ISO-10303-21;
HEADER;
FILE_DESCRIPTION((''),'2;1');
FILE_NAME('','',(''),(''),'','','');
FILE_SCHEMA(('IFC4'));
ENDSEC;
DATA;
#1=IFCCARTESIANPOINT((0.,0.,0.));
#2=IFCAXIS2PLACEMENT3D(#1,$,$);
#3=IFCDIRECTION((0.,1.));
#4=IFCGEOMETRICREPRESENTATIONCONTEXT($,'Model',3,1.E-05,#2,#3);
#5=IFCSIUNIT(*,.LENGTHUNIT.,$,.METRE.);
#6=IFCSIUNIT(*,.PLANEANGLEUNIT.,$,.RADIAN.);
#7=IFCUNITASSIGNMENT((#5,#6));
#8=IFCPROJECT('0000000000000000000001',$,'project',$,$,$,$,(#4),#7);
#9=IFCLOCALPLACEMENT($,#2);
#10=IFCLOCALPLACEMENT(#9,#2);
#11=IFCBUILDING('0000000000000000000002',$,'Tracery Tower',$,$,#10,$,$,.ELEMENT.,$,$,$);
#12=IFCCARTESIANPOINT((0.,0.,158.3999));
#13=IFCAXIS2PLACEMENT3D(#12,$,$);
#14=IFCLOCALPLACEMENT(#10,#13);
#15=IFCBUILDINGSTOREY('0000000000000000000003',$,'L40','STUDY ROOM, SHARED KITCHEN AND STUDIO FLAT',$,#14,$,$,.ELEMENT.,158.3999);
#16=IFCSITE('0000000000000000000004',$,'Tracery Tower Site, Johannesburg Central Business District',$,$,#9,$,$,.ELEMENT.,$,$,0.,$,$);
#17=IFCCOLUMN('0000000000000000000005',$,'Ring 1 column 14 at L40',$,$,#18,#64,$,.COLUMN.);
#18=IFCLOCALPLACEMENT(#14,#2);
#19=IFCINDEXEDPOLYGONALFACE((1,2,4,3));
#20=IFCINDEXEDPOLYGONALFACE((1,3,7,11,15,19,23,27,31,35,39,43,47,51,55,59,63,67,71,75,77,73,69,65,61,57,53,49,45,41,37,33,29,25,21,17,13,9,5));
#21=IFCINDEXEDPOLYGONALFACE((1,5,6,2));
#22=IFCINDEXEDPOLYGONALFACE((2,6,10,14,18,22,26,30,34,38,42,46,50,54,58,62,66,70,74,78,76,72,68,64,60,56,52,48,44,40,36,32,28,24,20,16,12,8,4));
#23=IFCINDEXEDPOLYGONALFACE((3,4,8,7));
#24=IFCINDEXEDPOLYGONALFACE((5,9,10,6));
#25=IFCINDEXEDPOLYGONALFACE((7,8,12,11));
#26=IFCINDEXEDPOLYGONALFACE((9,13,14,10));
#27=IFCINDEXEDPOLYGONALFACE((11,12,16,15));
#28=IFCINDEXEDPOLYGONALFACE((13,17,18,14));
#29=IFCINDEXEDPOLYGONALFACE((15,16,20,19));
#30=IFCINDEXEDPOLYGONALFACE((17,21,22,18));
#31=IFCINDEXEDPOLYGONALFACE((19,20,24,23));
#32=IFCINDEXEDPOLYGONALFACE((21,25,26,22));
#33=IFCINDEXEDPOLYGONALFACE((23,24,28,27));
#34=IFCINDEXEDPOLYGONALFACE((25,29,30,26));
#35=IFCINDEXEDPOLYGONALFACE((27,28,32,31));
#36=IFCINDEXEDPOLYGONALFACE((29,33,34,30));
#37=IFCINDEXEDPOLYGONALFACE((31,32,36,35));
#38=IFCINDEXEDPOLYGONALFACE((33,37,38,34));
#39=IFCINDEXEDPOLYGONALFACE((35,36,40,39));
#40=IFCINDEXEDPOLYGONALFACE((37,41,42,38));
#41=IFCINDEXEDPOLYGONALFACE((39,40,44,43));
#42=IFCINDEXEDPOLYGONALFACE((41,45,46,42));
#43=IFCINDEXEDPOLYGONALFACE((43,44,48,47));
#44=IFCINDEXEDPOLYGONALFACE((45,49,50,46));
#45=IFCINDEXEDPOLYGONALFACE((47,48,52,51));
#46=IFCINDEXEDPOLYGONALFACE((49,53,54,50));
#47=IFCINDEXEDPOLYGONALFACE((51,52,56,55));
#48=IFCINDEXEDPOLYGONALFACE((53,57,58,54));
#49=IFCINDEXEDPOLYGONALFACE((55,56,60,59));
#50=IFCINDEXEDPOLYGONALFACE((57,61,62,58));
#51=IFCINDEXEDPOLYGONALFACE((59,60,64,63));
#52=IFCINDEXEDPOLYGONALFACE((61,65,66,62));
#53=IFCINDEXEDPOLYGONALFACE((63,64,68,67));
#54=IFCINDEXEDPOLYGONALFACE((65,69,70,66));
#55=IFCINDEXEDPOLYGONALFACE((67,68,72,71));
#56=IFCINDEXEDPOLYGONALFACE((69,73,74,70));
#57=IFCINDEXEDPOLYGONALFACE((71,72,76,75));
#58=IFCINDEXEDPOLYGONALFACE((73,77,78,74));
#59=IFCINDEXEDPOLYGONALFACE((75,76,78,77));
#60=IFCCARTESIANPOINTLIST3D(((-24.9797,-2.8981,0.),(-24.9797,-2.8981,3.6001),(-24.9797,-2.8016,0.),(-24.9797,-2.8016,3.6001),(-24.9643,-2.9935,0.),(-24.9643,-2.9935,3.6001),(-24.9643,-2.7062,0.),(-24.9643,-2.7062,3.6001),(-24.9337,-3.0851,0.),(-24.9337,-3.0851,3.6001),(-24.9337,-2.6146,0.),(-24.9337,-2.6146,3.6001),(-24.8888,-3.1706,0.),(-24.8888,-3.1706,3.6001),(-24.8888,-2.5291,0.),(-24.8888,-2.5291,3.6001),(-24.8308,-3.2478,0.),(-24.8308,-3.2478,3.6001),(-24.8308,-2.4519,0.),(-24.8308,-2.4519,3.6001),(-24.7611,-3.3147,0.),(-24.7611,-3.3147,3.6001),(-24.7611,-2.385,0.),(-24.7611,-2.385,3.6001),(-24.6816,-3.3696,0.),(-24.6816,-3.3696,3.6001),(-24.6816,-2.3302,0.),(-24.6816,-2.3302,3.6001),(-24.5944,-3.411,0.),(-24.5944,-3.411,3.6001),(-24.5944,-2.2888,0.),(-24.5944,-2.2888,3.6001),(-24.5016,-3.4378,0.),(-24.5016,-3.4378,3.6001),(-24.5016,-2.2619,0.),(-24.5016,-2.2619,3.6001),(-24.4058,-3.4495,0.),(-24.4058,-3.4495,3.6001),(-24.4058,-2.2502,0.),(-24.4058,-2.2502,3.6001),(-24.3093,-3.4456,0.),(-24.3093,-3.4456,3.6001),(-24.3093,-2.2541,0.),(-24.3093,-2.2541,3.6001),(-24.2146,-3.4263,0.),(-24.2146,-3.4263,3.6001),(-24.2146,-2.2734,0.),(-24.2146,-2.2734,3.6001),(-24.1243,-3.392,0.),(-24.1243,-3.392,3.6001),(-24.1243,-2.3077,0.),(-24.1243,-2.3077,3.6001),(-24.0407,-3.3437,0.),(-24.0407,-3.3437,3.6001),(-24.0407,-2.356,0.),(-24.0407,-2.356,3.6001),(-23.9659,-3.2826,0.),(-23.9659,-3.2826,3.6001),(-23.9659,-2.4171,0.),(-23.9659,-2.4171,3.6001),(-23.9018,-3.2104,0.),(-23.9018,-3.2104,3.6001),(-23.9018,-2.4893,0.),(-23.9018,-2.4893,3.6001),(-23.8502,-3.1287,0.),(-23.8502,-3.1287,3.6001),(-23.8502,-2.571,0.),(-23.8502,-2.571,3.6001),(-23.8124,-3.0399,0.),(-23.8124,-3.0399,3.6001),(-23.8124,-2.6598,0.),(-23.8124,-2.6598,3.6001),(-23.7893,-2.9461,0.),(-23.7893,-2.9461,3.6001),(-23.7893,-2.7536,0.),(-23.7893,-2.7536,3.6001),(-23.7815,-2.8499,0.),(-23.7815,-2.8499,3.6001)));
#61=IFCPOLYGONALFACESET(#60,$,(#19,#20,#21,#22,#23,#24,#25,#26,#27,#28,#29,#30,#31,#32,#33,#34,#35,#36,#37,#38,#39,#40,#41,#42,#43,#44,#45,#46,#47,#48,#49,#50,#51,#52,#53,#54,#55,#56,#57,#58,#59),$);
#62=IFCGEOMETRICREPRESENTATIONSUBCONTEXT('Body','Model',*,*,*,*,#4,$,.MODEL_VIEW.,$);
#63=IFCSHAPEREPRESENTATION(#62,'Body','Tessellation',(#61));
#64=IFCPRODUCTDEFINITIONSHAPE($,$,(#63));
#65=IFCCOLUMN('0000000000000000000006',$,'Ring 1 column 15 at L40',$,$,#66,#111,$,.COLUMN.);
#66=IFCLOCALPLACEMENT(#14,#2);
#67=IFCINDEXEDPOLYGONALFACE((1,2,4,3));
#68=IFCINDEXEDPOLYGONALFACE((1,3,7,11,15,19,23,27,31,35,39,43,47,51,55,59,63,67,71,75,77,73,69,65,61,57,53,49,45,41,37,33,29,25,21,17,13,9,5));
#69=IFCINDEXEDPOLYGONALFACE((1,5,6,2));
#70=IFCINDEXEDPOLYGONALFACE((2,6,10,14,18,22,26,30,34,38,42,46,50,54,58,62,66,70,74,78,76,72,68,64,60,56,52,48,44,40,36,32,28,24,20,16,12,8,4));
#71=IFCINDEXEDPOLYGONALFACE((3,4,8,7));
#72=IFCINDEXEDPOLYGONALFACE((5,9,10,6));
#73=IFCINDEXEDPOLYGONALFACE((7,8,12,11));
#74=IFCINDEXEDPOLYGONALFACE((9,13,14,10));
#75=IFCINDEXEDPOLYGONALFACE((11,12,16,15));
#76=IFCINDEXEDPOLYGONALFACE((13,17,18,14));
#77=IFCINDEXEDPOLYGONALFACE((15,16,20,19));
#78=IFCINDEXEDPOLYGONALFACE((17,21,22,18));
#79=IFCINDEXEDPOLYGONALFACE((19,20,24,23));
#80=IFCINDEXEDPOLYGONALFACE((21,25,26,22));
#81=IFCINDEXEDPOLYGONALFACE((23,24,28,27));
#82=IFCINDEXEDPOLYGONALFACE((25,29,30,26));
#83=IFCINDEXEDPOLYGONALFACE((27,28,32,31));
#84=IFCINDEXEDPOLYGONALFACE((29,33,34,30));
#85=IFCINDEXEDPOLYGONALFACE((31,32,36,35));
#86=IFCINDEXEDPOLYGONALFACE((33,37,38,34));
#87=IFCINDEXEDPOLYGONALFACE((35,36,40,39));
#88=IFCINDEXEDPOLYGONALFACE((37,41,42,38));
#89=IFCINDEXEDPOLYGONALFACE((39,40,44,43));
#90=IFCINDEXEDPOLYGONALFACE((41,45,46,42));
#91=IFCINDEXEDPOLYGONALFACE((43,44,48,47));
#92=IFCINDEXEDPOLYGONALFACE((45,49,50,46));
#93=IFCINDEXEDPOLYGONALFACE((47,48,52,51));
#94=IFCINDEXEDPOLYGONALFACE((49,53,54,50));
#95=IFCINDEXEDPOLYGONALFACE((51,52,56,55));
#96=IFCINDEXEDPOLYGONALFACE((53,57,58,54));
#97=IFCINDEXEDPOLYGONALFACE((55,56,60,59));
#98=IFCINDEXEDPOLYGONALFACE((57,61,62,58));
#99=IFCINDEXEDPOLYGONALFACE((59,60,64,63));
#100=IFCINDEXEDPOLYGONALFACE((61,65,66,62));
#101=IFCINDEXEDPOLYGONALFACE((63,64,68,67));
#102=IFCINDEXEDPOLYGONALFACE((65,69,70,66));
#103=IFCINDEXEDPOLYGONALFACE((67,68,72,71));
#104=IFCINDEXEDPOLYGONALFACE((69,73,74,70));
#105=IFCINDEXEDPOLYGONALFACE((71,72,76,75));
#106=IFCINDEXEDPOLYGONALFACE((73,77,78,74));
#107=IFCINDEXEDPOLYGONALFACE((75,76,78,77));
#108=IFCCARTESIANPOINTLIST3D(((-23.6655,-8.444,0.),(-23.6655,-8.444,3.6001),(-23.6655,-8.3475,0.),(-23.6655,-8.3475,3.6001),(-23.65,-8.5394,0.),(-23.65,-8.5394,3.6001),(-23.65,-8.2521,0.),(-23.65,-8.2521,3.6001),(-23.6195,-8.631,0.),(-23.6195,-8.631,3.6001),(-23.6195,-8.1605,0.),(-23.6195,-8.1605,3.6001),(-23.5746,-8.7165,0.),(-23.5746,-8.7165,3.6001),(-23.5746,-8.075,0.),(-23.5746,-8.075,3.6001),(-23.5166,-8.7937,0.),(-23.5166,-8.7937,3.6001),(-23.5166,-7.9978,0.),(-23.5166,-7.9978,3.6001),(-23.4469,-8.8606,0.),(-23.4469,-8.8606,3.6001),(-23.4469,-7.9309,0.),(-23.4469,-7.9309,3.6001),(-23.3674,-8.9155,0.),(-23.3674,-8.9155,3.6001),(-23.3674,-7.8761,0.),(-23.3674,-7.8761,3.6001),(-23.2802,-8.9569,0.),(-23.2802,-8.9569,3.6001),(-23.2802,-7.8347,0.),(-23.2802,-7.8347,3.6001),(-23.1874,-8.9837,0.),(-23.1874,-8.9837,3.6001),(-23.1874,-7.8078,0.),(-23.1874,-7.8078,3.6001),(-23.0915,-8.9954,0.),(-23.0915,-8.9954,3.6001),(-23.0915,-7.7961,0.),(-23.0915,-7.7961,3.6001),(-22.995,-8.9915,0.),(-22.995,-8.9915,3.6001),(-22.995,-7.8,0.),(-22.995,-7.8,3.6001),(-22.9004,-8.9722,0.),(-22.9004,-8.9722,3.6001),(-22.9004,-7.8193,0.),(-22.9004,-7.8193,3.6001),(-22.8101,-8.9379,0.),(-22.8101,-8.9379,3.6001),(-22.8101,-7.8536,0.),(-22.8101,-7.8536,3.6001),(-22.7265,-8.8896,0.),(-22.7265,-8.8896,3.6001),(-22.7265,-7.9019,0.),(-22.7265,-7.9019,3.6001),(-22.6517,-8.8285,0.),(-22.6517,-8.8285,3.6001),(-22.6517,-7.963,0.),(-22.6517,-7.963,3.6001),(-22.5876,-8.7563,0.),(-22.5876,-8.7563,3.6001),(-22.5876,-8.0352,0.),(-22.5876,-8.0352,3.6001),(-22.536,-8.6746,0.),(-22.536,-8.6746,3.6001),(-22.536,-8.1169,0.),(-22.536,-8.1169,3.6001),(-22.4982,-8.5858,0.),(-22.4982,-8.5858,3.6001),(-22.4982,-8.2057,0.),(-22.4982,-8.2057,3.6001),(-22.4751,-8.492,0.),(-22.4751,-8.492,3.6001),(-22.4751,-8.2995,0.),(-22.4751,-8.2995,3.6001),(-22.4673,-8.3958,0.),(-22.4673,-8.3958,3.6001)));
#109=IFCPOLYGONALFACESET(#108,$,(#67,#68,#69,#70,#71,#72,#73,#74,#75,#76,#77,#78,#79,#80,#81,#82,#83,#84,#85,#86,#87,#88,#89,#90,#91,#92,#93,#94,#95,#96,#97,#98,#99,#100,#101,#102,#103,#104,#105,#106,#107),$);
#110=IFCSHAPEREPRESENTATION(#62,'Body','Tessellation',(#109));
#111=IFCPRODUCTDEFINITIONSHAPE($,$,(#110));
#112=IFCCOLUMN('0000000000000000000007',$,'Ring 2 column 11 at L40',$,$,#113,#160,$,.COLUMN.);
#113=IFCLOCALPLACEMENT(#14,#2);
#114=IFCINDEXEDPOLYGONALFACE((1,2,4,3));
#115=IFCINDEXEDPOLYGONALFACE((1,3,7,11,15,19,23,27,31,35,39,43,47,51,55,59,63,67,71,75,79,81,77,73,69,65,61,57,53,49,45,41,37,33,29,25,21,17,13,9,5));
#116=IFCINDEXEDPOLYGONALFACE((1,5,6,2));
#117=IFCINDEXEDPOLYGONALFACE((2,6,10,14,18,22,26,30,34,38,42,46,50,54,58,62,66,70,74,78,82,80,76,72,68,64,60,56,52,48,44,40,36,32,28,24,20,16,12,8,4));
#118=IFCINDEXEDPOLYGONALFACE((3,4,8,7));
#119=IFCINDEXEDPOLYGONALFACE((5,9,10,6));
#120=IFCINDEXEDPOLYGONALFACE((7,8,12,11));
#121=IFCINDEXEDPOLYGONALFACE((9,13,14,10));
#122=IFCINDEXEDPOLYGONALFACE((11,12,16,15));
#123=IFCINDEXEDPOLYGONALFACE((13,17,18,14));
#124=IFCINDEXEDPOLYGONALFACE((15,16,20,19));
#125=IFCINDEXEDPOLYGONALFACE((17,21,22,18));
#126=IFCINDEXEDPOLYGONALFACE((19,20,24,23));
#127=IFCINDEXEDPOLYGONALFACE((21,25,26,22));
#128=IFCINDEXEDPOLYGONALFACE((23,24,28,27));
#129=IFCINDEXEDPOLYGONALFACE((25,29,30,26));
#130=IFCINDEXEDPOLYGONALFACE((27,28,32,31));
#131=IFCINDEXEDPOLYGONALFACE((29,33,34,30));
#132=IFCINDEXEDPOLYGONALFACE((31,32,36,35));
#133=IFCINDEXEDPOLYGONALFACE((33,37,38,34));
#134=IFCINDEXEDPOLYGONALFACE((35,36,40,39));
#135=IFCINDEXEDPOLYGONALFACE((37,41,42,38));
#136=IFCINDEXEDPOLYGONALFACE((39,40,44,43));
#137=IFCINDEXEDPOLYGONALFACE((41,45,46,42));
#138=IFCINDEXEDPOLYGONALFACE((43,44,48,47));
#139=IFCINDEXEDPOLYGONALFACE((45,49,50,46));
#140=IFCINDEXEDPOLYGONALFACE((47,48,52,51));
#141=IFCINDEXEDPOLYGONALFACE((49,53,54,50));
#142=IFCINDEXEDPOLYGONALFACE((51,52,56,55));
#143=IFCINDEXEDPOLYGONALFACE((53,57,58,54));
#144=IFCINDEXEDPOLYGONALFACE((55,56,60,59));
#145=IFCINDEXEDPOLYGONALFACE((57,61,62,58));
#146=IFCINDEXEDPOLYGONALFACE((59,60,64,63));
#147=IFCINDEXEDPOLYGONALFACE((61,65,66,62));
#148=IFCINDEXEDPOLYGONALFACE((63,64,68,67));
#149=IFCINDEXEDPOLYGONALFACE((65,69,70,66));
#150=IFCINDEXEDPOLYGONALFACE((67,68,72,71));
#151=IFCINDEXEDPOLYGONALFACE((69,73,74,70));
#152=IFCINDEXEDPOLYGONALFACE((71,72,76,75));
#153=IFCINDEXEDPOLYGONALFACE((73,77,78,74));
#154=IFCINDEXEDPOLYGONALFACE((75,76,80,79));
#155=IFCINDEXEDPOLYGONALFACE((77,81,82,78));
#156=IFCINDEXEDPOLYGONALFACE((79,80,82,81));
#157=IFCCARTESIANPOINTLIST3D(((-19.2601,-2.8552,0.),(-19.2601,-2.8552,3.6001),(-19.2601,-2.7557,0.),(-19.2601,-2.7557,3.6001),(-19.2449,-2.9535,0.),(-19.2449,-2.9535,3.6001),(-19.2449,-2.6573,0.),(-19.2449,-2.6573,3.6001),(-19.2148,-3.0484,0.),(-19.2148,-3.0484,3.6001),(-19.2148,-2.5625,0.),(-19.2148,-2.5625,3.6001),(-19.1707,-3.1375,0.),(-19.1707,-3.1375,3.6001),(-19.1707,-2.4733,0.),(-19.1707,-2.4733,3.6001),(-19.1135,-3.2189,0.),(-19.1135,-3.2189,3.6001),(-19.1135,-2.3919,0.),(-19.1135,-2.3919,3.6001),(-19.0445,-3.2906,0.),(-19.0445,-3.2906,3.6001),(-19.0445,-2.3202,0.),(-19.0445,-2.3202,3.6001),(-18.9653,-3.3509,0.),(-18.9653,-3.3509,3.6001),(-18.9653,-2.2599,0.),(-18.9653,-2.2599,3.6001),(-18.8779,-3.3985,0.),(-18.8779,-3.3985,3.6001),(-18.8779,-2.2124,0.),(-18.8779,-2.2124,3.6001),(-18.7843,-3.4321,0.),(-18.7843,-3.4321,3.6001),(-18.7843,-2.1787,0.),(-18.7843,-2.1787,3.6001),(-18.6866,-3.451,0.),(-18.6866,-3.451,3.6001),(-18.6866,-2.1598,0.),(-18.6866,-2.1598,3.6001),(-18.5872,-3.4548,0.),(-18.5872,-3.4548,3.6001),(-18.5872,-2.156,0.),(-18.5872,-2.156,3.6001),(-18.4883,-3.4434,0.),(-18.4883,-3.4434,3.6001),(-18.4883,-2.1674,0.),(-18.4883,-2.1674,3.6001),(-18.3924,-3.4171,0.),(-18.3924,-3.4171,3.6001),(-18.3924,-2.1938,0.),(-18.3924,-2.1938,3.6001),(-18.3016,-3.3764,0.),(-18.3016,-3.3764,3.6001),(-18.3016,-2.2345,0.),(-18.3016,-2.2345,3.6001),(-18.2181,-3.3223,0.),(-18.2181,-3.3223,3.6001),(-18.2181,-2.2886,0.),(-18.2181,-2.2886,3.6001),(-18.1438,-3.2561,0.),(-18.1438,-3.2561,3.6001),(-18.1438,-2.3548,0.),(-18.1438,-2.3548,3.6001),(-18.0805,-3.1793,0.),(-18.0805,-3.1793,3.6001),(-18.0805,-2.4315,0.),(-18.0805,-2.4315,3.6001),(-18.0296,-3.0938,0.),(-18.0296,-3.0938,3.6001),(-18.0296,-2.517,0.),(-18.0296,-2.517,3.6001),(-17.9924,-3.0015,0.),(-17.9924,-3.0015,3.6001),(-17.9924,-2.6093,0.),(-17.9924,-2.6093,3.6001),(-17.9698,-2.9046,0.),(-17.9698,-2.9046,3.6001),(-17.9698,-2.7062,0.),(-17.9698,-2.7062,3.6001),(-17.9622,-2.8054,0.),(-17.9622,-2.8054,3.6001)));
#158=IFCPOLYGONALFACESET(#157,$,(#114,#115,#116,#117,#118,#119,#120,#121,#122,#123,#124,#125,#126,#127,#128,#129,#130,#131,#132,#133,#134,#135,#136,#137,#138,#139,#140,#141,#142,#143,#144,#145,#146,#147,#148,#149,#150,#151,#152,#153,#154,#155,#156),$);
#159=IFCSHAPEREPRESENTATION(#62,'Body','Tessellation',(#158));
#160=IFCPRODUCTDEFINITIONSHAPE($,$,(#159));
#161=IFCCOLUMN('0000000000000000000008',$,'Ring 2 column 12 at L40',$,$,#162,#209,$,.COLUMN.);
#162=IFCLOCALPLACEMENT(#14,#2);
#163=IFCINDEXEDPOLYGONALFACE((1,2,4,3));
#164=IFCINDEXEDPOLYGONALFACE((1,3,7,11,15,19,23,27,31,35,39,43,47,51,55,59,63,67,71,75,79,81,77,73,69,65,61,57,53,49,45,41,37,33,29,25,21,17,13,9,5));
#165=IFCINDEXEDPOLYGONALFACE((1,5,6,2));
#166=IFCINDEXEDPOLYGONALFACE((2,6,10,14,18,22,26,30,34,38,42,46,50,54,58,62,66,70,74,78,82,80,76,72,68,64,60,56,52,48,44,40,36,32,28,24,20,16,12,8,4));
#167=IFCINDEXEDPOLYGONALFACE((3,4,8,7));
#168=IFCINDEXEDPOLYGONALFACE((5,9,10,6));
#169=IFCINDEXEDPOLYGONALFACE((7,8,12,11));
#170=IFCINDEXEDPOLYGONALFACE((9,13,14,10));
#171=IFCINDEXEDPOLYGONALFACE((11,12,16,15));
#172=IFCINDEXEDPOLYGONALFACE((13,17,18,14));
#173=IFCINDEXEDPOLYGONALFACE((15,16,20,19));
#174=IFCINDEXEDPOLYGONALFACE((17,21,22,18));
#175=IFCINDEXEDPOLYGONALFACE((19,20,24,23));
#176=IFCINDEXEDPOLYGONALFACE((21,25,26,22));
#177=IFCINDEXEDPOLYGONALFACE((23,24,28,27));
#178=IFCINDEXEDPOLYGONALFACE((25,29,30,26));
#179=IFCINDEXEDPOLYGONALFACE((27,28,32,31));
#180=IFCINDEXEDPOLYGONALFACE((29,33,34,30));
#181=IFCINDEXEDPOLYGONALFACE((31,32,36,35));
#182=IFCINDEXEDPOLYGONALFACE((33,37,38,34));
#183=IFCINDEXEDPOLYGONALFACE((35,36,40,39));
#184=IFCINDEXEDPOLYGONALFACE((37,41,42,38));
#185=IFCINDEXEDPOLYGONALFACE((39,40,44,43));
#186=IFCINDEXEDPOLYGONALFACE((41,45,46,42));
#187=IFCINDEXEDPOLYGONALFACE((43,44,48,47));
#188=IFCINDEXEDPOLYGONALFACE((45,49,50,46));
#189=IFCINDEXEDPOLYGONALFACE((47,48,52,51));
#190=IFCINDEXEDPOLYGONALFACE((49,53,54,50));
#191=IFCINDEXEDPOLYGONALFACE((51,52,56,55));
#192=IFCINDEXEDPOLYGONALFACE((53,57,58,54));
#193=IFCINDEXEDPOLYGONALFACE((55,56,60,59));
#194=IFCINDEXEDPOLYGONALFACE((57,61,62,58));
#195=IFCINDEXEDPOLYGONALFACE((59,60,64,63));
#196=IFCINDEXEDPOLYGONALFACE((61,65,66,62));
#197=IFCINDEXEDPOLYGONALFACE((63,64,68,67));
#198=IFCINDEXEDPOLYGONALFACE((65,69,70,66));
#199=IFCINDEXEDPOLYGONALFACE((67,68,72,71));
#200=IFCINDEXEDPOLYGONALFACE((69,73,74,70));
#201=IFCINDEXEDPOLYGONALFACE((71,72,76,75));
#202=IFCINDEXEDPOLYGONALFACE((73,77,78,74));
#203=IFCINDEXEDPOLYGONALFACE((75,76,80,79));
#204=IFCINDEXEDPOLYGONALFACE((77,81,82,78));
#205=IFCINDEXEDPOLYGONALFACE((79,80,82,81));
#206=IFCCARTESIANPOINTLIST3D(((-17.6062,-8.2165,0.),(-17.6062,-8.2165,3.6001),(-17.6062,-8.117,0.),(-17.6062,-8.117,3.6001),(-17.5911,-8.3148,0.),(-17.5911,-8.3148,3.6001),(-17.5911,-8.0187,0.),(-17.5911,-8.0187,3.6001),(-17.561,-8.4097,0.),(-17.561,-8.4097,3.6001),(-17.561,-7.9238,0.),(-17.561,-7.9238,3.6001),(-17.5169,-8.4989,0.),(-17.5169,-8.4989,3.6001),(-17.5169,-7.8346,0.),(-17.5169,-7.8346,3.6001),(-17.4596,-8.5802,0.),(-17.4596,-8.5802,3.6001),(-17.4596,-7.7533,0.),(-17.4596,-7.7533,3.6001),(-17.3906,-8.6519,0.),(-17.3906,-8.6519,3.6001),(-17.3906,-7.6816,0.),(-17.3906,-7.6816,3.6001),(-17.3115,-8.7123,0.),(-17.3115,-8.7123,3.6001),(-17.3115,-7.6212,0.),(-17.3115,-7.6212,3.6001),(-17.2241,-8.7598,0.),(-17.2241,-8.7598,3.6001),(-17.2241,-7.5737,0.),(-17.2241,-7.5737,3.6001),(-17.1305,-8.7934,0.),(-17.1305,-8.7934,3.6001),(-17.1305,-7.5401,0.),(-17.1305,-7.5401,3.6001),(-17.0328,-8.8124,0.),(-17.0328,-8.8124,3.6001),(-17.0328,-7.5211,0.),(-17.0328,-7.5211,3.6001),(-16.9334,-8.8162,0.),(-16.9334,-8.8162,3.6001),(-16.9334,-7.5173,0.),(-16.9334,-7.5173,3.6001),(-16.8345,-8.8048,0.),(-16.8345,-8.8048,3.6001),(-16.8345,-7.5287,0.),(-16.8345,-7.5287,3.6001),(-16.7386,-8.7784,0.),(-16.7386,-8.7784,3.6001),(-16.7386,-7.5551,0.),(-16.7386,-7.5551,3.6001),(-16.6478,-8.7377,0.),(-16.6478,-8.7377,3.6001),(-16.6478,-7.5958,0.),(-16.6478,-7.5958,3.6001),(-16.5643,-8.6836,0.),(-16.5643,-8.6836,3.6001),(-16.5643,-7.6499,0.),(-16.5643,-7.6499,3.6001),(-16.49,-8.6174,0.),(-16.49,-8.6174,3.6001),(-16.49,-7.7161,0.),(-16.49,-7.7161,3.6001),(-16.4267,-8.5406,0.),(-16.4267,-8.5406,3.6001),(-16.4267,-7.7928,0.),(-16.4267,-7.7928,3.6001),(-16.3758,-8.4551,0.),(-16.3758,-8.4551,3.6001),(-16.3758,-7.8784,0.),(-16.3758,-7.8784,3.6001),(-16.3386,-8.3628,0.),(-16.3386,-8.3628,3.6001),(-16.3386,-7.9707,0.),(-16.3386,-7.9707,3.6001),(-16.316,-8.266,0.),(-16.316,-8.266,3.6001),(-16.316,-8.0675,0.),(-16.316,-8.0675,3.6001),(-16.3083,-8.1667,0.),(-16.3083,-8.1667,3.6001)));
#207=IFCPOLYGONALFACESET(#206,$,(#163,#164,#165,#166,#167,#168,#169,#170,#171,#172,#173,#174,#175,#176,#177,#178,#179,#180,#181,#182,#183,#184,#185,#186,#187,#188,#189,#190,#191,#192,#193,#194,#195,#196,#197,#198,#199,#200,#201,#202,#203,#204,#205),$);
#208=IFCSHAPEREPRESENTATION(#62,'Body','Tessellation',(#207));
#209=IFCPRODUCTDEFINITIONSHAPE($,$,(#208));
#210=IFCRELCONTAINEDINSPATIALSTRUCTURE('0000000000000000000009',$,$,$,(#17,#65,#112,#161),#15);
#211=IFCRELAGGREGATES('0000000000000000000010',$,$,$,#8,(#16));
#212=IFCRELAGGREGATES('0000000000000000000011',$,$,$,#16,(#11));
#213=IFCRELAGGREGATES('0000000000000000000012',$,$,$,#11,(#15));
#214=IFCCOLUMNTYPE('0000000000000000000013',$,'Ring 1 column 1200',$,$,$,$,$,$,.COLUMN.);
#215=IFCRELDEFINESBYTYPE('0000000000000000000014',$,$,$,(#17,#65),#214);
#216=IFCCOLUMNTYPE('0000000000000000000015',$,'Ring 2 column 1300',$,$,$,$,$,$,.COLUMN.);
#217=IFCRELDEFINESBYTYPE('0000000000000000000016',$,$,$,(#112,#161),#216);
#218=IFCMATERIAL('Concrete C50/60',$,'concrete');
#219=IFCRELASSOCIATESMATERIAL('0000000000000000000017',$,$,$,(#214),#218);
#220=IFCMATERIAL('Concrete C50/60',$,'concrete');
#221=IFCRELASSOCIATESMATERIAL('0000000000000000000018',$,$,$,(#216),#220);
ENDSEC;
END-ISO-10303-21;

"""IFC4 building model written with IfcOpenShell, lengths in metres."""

from ifc_helpers import new_model, si_unit, direction, frame, origin, origin_2d, place, context, subcontext, project, spatial, circle, extrude, material, material_profile, profile_set, type_object, element, save


model = new_model("IFC4")

# Units and contexts
model_context = context("Model", 3, precision=1e-05, world=origin(), true_north=direction((0.0, 1.0)))
body_context = subcontext(model_context, "Body", "Model", "MODEL_VIEW")
ifc_project = project(units=[si_unit("LENGTHUNIT", "METRE"), si_unit("PLANEANGLEUNIT", "RADIAN")], contexts=[model_context])

# Site, building, storey
site_placement = place(None, origin())
site = spatial("IfcSite", under=ifc_project, at=site_placement, Name="Tracery Tower Site, Johannesburg Central Business District", CompositionType="ELEMENT", RefElevation=0.0)
building_placement = place(site_placement, origin())
building = spatial("IfcBuilding", under=site, at=building_placement, Name="Tracery Tower", CompositionType="ELEMENT")
storey_placement = place(building_placement, frame((0.0, 0.0, 158.3999)))
storey = spatial("IfcBuildingStorey", under=building, at=storey_placement, Name="L40", Description="STUDY ROOM, SHARED KITCHEN AND STUDIO FLAT", CompositionType="ELEMENT", Elevation=158.3999)

# Columns
ifc_material_1 = material(Name="Concrete C50/60", Category="concrete")
ifc_material_profile_1 = material_profile(ifc_material_1, circle(Radius=0.6001, at=origin_2d()), Name="RC D1200")
ifc_profile_set_1 = profile_set([ifc_material_profile_1], Name="Concrete C50/60")
column_type_1 = type_object("IfcColumnType", Name="Ring 1 column 1200", PredefinedType="COLUMN", material=ifc_profile_set_1)
for number, where, z_axis, x_axis, name in (
    (1, (-24.3816, -2.8499, 0.0), (0.0, 0.0, 1.0), (1.0, 0.0, 0.0), "Ring 1 column 14 at L40"),
    (2, (-23.0674, -8.3958, 0.0), (0.0, 0.0, 1.0), (1.0, 0.0, 0.0), "Ring 1 column 15 at L40"),
):
    element("IfcColumn", number, at=place(storey_placement, frame(where, z_axis=z_axis, x_axis=x_axis)), inside=storey, type_object=column_type_1, Name=name, PredefinedType="COLUMN", context=body_context, shape_type="SweptSolid", body=[
        extrude(circle(Radius=0.6001, at=origin_2d()), origin(), (0.0, 0.0, 1.0), 3.6001),
    ])
ifc_material_2 = material(Name="Concrete C50/60", Category="concrete")
ifc_material_profile_2 = material_profile(ifc_material_2, circle(Radius=0.6499, at=origin_2d()), Name="RC D1300")
ifc_profile_set_2 = profile_set([ifc_material_profile_2], Name="Concrete C50/60")
column_type_2 = type_object("IfcColumnType", Name="Ring 2 column 1300", PredefinedType="COLUMN", material=ifc_profile_set_2)
for number, where, z_axis, x_axis, name in (
    (3, (-18.6121, -2.8054, 0.0), (0.0, 0.0, 1.0), (1.0, 0.0, 0.0), "Ring 2 column 11 at L40"),
    (4, (-16.9583, -8.1667, 0.0), (0.0, 0.0, 1.0), (1.0, 0.0, 0.0), "Ring 2 column 12 at L40"),
):
    element("IfcColumn", number, at=place(storey_placement, frame(where, z_axis=z_axis, x_axis=x_axis)), inside=storey, type_object=column_type_2, Name=name, PredefinedType="COLUMN", context=body_context, shape_type="SweptSolid", body=[
        extrude(circle(Radius=0.6499, at=origin_2d()), origin(), (0.0, 0.0, 1.0), 3.6001),
    ])

save(model, "model.ifc")
